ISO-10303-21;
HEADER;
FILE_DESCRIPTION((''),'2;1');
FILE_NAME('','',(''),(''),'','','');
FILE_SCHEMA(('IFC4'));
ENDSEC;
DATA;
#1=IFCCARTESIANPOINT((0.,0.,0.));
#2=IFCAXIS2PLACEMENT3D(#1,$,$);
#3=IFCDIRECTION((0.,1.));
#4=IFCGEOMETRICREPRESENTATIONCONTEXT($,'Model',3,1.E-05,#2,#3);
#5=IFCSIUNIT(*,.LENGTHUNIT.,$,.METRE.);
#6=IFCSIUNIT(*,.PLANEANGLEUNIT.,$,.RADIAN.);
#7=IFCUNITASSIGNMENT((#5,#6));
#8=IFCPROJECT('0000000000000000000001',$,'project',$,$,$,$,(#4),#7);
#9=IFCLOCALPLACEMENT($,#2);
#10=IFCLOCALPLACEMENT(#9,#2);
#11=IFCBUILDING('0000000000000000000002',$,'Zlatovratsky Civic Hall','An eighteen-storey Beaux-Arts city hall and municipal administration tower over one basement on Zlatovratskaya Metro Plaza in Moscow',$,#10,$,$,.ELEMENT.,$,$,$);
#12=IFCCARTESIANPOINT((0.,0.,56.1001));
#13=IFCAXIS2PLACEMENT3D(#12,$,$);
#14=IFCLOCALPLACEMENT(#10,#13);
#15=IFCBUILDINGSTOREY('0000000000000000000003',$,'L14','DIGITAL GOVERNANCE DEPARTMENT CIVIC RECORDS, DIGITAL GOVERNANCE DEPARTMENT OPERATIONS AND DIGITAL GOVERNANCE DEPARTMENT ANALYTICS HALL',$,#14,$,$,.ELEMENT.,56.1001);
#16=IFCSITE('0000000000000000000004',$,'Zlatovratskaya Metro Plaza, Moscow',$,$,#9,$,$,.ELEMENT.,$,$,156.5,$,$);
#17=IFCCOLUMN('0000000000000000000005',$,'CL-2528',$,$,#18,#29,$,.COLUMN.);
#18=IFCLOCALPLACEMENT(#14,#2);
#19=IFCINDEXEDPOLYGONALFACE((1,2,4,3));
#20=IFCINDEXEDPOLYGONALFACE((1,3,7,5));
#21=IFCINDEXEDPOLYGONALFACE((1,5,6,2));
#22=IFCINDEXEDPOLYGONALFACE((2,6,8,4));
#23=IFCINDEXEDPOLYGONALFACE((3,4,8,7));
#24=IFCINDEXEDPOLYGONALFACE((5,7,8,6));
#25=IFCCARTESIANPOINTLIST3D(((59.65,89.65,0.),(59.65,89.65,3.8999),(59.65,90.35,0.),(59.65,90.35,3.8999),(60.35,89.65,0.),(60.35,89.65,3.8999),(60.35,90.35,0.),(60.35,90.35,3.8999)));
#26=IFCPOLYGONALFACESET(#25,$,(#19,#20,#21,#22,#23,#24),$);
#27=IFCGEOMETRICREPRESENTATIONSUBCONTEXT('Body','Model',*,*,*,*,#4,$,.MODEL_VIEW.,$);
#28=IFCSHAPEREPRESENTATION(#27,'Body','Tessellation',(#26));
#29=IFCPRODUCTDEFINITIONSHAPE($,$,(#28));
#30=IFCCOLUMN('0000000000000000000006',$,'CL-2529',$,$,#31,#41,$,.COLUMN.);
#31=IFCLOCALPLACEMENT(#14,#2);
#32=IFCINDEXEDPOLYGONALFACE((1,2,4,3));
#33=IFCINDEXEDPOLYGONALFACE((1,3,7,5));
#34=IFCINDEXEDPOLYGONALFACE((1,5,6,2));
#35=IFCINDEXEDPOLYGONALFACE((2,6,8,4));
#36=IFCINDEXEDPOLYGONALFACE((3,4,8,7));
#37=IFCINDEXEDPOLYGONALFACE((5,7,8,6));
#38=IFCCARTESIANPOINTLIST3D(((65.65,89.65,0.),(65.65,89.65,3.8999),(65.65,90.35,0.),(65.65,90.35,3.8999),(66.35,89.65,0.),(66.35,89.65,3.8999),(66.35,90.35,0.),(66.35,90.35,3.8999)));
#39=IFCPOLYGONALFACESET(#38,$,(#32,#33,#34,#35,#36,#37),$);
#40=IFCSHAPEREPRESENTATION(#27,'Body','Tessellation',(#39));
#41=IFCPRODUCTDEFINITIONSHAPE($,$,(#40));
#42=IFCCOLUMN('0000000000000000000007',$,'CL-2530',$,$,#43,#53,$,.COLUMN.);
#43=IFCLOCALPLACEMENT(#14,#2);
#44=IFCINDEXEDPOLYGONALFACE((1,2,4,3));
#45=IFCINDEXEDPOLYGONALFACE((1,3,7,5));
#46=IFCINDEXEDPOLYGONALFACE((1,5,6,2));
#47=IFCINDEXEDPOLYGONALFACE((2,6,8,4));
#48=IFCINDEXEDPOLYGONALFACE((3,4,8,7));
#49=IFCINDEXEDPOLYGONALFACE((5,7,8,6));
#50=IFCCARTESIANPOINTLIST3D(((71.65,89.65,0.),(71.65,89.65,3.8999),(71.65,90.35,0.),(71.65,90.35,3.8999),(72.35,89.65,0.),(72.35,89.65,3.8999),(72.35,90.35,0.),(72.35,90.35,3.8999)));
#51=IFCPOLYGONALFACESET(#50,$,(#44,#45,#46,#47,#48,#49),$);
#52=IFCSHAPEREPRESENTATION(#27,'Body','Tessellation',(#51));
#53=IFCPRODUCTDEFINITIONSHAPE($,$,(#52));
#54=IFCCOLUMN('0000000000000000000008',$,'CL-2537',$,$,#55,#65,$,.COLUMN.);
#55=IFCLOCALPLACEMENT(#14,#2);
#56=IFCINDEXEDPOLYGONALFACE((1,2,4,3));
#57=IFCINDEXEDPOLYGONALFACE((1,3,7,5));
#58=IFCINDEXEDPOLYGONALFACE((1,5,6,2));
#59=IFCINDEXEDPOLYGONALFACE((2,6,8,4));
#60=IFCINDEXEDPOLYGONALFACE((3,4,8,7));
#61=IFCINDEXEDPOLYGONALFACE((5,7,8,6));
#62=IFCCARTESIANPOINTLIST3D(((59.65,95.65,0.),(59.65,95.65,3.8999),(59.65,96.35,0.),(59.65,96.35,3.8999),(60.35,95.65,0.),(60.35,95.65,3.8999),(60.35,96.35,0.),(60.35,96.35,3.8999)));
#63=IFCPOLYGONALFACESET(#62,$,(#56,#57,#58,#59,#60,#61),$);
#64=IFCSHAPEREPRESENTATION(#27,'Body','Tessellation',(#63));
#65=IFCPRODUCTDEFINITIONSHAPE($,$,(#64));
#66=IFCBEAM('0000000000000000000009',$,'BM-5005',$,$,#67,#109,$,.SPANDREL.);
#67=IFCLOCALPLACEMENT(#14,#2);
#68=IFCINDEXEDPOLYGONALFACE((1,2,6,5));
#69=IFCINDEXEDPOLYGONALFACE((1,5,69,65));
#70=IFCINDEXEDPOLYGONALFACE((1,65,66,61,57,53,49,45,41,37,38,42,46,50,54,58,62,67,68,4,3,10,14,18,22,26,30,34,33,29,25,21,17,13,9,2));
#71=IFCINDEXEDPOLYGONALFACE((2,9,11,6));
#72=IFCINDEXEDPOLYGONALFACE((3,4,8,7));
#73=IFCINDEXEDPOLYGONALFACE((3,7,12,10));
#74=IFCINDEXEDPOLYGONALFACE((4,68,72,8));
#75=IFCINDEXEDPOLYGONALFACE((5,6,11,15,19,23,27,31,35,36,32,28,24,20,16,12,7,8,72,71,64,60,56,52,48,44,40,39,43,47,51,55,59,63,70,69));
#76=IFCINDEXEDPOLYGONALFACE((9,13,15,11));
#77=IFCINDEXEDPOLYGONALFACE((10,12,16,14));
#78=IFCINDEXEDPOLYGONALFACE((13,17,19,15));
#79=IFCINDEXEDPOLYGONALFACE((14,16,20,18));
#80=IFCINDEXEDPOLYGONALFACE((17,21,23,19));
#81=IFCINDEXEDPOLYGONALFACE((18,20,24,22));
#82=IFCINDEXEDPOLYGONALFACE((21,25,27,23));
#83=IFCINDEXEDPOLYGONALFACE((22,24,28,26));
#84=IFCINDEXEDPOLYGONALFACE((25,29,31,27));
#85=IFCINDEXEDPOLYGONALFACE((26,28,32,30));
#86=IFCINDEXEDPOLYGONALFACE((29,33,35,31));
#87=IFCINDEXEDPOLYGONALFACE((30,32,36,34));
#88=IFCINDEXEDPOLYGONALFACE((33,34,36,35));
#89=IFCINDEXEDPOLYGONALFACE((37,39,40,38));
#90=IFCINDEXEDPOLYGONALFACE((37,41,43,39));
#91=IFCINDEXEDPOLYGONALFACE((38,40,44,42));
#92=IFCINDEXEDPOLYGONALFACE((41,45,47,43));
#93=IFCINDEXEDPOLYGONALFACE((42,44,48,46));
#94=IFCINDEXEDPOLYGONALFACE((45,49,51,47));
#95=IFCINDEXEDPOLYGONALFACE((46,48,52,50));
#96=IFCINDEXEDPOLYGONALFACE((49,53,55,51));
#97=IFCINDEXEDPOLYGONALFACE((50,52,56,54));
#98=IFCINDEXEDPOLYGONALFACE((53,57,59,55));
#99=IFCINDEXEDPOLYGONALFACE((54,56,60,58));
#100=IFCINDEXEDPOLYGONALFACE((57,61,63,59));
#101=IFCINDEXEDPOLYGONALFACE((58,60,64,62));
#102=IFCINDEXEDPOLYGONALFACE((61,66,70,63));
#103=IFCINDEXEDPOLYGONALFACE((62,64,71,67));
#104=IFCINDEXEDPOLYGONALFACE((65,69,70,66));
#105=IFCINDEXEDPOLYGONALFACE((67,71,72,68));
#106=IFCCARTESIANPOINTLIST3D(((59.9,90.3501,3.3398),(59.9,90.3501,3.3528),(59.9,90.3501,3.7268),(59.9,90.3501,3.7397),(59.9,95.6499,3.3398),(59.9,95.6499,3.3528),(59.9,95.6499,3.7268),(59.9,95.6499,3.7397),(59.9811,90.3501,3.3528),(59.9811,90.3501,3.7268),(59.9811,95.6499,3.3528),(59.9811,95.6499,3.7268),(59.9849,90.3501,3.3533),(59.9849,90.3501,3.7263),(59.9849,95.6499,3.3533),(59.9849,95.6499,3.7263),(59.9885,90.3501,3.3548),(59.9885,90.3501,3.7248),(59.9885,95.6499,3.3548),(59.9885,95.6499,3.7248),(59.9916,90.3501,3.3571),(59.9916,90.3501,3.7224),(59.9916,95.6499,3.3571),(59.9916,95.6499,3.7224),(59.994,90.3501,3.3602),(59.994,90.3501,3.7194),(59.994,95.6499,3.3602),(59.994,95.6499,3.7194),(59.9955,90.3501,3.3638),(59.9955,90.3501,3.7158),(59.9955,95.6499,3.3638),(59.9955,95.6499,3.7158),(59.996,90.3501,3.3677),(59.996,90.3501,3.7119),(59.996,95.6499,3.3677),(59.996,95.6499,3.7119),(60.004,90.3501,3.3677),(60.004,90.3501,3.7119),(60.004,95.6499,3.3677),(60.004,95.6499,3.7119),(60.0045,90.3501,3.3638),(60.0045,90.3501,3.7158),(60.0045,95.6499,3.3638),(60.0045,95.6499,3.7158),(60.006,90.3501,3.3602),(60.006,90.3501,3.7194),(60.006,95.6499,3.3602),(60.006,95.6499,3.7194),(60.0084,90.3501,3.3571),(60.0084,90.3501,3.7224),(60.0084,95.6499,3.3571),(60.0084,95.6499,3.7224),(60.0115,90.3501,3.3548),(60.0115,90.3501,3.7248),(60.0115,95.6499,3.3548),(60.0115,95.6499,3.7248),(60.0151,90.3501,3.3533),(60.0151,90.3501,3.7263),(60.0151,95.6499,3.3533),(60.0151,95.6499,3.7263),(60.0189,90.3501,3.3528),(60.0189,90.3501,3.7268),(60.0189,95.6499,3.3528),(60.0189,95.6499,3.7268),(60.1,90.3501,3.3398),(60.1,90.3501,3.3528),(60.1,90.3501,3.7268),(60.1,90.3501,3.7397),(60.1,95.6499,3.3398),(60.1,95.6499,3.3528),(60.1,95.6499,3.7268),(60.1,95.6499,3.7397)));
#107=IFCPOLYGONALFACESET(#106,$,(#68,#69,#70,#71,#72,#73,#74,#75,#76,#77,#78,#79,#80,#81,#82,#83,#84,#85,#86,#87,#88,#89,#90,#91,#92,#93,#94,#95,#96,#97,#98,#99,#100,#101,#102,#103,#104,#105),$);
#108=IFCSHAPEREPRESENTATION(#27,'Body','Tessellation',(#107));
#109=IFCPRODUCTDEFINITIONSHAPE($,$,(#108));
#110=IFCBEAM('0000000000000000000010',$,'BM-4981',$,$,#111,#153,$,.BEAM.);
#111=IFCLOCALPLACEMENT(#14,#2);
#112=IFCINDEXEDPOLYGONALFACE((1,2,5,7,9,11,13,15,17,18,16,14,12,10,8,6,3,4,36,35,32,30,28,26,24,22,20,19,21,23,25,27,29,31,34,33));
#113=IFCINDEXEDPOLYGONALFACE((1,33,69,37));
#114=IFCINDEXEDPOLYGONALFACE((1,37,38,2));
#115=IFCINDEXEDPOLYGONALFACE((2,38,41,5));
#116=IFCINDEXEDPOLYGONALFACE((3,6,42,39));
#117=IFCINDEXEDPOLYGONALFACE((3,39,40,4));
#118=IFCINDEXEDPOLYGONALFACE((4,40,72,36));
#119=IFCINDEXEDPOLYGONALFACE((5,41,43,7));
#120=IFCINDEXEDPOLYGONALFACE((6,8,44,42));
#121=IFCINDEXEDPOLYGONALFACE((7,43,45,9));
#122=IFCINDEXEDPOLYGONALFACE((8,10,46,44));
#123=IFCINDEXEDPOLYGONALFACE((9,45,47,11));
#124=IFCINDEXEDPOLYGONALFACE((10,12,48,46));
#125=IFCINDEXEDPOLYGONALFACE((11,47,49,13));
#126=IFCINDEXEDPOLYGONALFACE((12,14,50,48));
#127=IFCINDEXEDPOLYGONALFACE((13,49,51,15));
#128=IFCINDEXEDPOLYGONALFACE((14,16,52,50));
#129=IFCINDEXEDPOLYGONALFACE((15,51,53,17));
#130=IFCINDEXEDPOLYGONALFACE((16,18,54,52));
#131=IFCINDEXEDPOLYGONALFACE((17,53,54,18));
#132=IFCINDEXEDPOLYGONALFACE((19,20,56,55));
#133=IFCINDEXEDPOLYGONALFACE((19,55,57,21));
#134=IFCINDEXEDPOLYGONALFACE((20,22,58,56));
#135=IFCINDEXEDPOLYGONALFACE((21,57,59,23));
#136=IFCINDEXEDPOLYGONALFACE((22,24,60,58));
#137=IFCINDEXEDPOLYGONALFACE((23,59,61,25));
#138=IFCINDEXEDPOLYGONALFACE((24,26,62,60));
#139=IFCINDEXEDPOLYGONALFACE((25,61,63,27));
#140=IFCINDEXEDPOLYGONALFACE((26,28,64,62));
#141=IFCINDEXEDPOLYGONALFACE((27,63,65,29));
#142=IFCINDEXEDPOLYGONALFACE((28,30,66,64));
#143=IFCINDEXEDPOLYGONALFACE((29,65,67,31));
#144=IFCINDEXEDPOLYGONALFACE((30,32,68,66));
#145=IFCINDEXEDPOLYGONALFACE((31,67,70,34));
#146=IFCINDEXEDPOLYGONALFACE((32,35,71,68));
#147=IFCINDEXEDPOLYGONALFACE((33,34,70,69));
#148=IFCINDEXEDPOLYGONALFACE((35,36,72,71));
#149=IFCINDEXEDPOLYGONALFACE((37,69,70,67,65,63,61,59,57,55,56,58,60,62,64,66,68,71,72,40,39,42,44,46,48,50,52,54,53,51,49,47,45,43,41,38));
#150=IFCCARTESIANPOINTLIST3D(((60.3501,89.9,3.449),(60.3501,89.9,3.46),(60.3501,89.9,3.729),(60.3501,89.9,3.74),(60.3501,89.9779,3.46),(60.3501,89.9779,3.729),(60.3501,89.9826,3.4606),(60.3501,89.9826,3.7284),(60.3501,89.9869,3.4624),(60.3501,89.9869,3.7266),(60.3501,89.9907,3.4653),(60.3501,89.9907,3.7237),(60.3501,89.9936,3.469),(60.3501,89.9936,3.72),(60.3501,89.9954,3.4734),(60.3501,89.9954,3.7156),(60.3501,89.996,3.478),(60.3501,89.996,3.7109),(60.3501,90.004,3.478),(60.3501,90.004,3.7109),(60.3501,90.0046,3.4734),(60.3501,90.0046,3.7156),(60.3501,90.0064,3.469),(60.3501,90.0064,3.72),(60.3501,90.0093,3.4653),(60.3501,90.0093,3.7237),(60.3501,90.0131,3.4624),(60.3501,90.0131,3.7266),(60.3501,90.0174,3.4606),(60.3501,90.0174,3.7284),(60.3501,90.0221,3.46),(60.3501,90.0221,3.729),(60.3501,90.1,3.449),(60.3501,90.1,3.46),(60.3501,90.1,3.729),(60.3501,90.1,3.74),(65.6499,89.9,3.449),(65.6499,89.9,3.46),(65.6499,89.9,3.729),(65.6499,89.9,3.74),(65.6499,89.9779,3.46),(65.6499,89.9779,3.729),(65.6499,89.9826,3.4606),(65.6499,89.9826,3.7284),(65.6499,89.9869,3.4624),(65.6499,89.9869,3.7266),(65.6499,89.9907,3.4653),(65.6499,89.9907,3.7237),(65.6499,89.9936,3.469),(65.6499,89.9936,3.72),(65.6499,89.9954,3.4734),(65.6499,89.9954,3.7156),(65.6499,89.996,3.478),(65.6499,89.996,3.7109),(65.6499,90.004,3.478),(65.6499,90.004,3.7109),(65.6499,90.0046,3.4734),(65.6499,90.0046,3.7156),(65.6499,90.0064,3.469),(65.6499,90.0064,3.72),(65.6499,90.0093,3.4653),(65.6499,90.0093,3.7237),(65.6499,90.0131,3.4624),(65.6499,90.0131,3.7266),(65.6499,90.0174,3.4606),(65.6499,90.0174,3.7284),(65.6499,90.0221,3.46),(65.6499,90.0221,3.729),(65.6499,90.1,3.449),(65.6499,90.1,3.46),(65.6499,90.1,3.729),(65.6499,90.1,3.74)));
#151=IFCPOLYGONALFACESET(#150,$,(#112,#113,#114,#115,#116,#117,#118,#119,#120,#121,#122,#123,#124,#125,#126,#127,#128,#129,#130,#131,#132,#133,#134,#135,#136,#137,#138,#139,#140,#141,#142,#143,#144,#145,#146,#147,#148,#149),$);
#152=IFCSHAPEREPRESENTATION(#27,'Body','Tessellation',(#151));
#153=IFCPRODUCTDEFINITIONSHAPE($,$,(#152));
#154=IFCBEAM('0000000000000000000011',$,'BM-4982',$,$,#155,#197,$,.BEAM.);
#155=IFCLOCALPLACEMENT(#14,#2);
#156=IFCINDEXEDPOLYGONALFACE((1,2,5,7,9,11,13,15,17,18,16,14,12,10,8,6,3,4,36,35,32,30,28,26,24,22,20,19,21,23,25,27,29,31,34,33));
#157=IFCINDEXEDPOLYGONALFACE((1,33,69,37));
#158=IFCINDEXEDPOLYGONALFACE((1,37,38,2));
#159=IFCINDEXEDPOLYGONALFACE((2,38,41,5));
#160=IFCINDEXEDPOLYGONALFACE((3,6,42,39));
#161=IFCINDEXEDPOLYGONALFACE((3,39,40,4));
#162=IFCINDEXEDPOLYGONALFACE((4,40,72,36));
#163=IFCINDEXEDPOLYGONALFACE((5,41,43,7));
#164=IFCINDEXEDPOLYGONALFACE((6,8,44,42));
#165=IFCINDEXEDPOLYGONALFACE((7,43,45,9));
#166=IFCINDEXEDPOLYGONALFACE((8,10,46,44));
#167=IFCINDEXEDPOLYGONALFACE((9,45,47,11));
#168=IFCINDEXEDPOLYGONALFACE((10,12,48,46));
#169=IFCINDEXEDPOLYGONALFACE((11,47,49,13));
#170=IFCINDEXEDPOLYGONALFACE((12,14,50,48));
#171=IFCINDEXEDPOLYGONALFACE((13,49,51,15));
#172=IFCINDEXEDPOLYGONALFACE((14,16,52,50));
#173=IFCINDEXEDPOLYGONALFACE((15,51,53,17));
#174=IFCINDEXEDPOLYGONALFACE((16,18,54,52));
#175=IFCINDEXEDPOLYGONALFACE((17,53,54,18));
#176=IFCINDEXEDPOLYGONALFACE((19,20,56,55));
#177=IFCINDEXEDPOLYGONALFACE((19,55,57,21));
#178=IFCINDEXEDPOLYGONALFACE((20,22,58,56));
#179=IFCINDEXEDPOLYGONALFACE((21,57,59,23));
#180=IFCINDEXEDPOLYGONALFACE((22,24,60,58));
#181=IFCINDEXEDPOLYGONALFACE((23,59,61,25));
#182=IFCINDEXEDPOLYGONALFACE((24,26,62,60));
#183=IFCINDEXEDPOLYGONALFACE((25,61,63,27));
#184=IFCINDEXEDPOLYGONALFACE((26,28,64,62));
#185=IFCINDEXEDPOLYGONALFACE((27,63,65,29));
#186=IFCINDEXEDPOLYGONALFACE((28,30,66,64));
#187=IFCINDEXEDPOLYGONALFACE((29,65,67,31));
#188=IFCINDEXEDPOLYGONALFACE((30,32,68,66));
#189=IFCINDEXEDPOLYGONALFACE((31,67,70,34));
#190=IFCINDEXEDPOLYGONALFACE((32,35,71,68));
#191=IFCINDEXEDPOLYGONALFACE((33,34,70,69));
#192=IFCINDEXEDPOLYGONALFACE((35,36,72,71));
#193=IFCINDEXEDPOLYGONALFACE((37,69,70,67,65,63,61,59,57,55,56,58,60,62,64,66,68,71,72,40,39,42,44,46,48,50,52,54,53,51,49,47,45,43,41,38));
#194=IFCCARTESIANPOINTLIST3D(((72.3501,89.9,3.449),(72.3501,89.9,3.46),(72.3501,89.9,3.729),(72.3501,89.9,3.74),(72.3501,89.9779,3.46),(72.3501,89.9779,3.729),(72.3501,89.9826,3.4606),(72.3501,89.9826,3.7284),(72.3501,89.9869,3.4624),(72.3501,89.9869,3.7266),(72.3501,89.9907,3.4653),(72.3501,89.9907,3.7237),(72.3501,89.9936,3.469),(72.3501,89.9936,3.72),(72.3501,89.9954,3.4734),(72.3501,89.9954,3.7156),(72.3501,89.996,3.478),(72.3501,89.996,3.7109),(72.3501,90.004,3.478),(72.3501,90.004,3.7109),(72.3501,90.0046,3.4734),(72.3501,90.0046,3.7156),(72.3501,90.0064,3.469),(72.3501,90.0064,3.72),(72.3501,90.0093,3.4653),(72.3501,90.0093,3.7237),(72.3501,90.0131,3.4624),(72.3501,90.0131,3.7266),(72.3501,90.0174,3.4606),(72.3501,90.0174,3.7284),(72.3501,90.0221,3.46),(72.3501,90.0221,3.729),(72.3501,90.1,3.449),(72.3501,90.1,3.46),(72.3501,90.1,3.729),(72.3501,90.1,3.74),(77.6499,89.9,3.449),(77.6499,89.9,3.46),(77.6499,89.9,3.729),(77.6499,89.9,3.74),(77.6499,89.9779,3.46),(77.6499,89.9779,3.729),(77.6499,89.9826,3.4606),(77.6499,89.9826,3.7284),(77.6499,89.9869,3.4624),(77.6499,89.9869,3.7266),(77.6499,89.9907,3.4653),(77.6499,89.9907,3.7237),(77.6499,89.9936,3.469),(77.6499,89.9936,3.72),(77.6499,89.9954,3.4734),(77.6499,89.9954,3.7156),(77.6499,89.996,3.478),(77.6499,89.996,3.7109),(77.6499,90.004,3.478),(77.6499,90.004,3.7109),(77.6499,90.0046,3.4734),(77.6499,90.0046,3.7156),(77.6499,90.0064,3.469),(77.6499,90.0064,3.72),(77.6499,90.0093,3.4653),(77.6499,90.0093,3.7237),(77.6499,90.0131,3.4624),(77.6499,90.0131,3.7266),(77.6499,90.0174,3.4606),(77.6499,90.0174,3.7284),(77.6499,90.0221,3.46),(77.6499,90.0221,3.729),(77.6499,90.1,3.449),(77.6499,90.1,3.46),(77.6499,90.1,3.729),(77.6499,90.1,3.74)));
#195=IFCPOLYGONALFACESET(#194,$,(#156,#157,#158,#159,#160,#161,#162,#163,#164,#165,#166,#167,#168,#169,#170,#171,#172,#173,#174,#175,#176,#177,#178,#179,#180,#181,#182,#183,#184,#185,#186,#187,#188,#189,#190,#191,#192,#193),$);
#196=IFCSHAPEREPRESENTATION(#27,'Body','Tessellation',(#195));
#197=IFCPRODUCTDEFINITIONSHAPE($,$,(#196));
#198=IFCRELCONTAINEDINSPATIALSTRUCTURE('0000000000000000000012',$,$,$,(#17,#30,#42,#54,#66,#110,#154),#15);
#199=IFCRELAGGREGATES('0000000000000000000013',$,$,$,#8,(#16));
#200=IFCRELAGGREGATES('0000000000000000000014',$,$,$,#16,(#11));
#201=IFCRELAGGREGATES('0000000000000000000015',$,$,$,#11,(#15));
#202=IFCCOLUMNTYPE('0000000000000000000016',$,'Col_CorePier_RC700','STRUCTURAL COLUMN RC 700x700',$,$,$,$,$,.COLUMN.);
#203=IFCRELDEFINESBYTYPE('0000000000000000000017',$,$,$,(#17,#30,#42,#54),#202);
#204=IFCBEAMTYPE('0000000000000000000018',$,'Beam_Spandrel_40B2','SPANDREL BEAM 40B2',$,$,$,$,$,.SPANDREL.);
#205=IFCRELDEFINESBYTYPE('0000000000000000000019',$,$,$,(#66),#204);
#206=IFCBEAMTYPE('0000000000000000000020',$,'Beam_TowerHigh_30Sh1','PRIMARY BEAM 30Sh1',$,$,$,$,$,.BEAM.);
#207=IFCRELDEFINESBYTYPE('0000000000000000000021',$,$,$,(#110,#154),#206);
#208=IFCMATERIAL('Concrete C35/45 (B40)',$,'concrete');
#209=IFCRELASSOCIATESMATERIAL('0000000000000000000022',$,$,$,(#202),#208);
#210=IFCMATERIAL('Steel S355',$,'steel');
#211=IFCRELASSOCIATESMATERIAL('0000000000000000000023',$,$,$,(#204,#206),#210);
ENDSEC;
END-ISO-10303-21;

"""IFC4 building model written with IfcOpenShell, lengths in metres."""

from ifc_helpers import new_model, si_unit, direction, frame, origin, origin_2d, place, context, subcontext, project, spatial, rectangle, i_section, extrude, material, material_profile, profile_set, type_object, element, save


model = new_model("IFC4")

# Units and contexts
model_context = context("Model", 3, precision=1e-05, world=origin(), true_north=direction((0.0, 1.0)))
body_context = subcontext(model_context, "Body", "Model", "MODEL_VIEW")
ifc_project = project(units=[si_unit("LENGTHUNIT", "METRE"), si_unit("PLANEANGLEUNIT", "RADIAN")], contexts=[model_context])

# Site, building, storey
site_placement = place(None, origin())
site = spatial("IfcSite", under=ifc_project, at=site_placement, Name="Zlatovratskaya Metro Plaza, Moscow", CompositionType="ELEMENT", RefElevation=156.5)
building_placement = place(site_placement, origin())
building = spatial("IfcBuilding", under=site, at=building_placement, Name="Zlatovratsky Civic Hall", Description="An eighteen-storey Beaux-Arts city hall and municipal administration tower over one basement on Zlatovratskaya Metro Plaza in Moscow", CompositionType="ELEMENT")
storey_placement = place(building_placement, frame((0.0, 0.0, 56.1001)))
storey = spatial("IfcBuildingStorey", under=building, at=storey_placement, Name="L14", Description="DIGITAL GOVERNANCE DEPARTMENT CIVIC RECORDS, DIGITAL GOVERNANCE DEPARTMENT OPERATIONS AND DIGITAL GOVERNANCE DEPARTMENT ANALYTICS HALL", CompositionType="ELEMENT", Elevation=56.1001)

# Columns
ifc_material_1 = material(Name="Concrete C35/45 (B40)", Category="concrete")
ifc_material_profile_1 = material_profile(ifc_material_1, rectangle(XDim=0.7, YDim=0.7, at=origin_2d()), Name="RC 700x700")
ifc_profile_set_1 = profile_set([ifc_material_profile_1], Name="Concrete C35/45 (B40)")
column_type = type_object("IfcColumnType", Name="Col_CorePier_RC700", Description="STRUCTURAL COLUMN RC 700x700", PredefinedType="COLUMN", material=ifc_profile_set_1)
for number, where, z_axis, x_axis, name in (
    (1, (60.0, 90.0, 0.0), (0.0, 0.0, 1.0), (1.0, 0.0, 0.0), "CL-2528"),
    (2, (66.0, 90.0, 0.0), (0.0, 0.0, 1.0), (1.0, 0.0, 0.0), "CL-2529"),
    (3, (72.0, 90.0, 0.0), (0.0, 0.0, 1.0), (1.0, 0.0, 0.0), "CL-2530"),
    (4, (60.0, 96.0, 0.0), (0.0, 0.0, 1.0), (1.0, 0.0, 0.0), "CL-2537"),
):
    element("IfcColumn", number, at=place(storey_placement, frame(where, z_axis=z_axis, x_axis=x_axis)), inside=storey, type_object=column_type, Name=name, PredefinedType="COLUMN", context=body_context, shape_type="SweptSolid", body=[
        extrude(rectangle(XDim=0.7, YDim=0.7, at=origin_2d()), origin(), (0.0, 0.0, 1.0), 3.8999),
    ])

# Beams
ifc_material_2 = material(Name="Steel S355", Category="steel")
ifc_material_profile_2 = material_profile(ifc_material_2, i_section(OverallWidth=0.2, OverallDepth=0.3999, WebThickness=0.0081, FlangeThickness=0.0129, FilletRadius=0.0149, at=origin_2d()), Name="40B2")
ifc_profile_set_2 = profile_set([ifc_material_profile_2], Name="Steel S355")
beam_type_1 = type_object("IfcBeamType", Name="Beam_Spandrel_40B2", Description="SPANDREL BEAM 40B2", PredefinedType="SPANDREL", material=ifc_profile_set_2)
beam_placement = place(storey_placement, frame((60.0, 90.3501, 3.5398), z_axis=(0.0, 1.0, 0.0), x_axis=(-1.0, 0.0, 0.0)))
element("IfcBeam", 5, at=beam_placement, inside=storey, type_object=beam_type_1, Name="BM-5005", PredefinedType="SPANDREL", context=body_context, shape_type="SweptSolid", body=[
    extrude(i_section(OverallWidth=0.2, OverallDepth=0.3999, WebThickness=0.0081, FlangeThickness=0.0129, FilletRadius=0.0149, at=origin_2d()), origin(), (0.0, 0.0, 1.0), 5.2998),
])
ifc_material_profile_3 = material_profile(ifc_material_2, i_section(OverallWidth=0.2, OverallDepth=0.291, WebThickness=0.0081, FlangeThickness=0.011, FilletRadius=0.0181, at=origin_2d()), Name="30Sh1")
ifc_profile_set_3 = profile_set([ifc_material_profile_3], Name="Steel S355")
beam_type_2 = type_object("IfcBeamType", Name="Beam_TowerHigh_30Sh1", Description="PRIMARY BEAM 30Sh1", PredefinedType="BEAM", material=ifc_profile_set_3)
for number, where, z_axis, x_axis, name in (
    (6, (60.3501, 90.0, 3.5945), (1.0, 0.0, 0.0), (0.0, 1.0, 0.0), "BM-4981"),
    (7, (72.3501, 90.0, 3.5945), (1.0, 0.0, 0.0), (0.0, 1.0, 0.0), "BM-4982"),
):
    element("IfcBeam", number, at=place(storey_placement, frame(where, z_axis=z_axis, x_axis=x_axis)), inside=storey, type_object=beam_type_2, Name=name, PredefinedType="BEAM", context=body_context, shape_type="SweptSolid", body=[
        extrude(i_section(OverallWidth=0.2, OverallDepth=0.291, WebThickness=0.0081, FlangeThickness=0.011, FilletRadius=0.0181, at=origin_2d()), origin(), (0.0, 0.0, 1.0), 5.2998),
    ])

save(model, "model.ifc")
